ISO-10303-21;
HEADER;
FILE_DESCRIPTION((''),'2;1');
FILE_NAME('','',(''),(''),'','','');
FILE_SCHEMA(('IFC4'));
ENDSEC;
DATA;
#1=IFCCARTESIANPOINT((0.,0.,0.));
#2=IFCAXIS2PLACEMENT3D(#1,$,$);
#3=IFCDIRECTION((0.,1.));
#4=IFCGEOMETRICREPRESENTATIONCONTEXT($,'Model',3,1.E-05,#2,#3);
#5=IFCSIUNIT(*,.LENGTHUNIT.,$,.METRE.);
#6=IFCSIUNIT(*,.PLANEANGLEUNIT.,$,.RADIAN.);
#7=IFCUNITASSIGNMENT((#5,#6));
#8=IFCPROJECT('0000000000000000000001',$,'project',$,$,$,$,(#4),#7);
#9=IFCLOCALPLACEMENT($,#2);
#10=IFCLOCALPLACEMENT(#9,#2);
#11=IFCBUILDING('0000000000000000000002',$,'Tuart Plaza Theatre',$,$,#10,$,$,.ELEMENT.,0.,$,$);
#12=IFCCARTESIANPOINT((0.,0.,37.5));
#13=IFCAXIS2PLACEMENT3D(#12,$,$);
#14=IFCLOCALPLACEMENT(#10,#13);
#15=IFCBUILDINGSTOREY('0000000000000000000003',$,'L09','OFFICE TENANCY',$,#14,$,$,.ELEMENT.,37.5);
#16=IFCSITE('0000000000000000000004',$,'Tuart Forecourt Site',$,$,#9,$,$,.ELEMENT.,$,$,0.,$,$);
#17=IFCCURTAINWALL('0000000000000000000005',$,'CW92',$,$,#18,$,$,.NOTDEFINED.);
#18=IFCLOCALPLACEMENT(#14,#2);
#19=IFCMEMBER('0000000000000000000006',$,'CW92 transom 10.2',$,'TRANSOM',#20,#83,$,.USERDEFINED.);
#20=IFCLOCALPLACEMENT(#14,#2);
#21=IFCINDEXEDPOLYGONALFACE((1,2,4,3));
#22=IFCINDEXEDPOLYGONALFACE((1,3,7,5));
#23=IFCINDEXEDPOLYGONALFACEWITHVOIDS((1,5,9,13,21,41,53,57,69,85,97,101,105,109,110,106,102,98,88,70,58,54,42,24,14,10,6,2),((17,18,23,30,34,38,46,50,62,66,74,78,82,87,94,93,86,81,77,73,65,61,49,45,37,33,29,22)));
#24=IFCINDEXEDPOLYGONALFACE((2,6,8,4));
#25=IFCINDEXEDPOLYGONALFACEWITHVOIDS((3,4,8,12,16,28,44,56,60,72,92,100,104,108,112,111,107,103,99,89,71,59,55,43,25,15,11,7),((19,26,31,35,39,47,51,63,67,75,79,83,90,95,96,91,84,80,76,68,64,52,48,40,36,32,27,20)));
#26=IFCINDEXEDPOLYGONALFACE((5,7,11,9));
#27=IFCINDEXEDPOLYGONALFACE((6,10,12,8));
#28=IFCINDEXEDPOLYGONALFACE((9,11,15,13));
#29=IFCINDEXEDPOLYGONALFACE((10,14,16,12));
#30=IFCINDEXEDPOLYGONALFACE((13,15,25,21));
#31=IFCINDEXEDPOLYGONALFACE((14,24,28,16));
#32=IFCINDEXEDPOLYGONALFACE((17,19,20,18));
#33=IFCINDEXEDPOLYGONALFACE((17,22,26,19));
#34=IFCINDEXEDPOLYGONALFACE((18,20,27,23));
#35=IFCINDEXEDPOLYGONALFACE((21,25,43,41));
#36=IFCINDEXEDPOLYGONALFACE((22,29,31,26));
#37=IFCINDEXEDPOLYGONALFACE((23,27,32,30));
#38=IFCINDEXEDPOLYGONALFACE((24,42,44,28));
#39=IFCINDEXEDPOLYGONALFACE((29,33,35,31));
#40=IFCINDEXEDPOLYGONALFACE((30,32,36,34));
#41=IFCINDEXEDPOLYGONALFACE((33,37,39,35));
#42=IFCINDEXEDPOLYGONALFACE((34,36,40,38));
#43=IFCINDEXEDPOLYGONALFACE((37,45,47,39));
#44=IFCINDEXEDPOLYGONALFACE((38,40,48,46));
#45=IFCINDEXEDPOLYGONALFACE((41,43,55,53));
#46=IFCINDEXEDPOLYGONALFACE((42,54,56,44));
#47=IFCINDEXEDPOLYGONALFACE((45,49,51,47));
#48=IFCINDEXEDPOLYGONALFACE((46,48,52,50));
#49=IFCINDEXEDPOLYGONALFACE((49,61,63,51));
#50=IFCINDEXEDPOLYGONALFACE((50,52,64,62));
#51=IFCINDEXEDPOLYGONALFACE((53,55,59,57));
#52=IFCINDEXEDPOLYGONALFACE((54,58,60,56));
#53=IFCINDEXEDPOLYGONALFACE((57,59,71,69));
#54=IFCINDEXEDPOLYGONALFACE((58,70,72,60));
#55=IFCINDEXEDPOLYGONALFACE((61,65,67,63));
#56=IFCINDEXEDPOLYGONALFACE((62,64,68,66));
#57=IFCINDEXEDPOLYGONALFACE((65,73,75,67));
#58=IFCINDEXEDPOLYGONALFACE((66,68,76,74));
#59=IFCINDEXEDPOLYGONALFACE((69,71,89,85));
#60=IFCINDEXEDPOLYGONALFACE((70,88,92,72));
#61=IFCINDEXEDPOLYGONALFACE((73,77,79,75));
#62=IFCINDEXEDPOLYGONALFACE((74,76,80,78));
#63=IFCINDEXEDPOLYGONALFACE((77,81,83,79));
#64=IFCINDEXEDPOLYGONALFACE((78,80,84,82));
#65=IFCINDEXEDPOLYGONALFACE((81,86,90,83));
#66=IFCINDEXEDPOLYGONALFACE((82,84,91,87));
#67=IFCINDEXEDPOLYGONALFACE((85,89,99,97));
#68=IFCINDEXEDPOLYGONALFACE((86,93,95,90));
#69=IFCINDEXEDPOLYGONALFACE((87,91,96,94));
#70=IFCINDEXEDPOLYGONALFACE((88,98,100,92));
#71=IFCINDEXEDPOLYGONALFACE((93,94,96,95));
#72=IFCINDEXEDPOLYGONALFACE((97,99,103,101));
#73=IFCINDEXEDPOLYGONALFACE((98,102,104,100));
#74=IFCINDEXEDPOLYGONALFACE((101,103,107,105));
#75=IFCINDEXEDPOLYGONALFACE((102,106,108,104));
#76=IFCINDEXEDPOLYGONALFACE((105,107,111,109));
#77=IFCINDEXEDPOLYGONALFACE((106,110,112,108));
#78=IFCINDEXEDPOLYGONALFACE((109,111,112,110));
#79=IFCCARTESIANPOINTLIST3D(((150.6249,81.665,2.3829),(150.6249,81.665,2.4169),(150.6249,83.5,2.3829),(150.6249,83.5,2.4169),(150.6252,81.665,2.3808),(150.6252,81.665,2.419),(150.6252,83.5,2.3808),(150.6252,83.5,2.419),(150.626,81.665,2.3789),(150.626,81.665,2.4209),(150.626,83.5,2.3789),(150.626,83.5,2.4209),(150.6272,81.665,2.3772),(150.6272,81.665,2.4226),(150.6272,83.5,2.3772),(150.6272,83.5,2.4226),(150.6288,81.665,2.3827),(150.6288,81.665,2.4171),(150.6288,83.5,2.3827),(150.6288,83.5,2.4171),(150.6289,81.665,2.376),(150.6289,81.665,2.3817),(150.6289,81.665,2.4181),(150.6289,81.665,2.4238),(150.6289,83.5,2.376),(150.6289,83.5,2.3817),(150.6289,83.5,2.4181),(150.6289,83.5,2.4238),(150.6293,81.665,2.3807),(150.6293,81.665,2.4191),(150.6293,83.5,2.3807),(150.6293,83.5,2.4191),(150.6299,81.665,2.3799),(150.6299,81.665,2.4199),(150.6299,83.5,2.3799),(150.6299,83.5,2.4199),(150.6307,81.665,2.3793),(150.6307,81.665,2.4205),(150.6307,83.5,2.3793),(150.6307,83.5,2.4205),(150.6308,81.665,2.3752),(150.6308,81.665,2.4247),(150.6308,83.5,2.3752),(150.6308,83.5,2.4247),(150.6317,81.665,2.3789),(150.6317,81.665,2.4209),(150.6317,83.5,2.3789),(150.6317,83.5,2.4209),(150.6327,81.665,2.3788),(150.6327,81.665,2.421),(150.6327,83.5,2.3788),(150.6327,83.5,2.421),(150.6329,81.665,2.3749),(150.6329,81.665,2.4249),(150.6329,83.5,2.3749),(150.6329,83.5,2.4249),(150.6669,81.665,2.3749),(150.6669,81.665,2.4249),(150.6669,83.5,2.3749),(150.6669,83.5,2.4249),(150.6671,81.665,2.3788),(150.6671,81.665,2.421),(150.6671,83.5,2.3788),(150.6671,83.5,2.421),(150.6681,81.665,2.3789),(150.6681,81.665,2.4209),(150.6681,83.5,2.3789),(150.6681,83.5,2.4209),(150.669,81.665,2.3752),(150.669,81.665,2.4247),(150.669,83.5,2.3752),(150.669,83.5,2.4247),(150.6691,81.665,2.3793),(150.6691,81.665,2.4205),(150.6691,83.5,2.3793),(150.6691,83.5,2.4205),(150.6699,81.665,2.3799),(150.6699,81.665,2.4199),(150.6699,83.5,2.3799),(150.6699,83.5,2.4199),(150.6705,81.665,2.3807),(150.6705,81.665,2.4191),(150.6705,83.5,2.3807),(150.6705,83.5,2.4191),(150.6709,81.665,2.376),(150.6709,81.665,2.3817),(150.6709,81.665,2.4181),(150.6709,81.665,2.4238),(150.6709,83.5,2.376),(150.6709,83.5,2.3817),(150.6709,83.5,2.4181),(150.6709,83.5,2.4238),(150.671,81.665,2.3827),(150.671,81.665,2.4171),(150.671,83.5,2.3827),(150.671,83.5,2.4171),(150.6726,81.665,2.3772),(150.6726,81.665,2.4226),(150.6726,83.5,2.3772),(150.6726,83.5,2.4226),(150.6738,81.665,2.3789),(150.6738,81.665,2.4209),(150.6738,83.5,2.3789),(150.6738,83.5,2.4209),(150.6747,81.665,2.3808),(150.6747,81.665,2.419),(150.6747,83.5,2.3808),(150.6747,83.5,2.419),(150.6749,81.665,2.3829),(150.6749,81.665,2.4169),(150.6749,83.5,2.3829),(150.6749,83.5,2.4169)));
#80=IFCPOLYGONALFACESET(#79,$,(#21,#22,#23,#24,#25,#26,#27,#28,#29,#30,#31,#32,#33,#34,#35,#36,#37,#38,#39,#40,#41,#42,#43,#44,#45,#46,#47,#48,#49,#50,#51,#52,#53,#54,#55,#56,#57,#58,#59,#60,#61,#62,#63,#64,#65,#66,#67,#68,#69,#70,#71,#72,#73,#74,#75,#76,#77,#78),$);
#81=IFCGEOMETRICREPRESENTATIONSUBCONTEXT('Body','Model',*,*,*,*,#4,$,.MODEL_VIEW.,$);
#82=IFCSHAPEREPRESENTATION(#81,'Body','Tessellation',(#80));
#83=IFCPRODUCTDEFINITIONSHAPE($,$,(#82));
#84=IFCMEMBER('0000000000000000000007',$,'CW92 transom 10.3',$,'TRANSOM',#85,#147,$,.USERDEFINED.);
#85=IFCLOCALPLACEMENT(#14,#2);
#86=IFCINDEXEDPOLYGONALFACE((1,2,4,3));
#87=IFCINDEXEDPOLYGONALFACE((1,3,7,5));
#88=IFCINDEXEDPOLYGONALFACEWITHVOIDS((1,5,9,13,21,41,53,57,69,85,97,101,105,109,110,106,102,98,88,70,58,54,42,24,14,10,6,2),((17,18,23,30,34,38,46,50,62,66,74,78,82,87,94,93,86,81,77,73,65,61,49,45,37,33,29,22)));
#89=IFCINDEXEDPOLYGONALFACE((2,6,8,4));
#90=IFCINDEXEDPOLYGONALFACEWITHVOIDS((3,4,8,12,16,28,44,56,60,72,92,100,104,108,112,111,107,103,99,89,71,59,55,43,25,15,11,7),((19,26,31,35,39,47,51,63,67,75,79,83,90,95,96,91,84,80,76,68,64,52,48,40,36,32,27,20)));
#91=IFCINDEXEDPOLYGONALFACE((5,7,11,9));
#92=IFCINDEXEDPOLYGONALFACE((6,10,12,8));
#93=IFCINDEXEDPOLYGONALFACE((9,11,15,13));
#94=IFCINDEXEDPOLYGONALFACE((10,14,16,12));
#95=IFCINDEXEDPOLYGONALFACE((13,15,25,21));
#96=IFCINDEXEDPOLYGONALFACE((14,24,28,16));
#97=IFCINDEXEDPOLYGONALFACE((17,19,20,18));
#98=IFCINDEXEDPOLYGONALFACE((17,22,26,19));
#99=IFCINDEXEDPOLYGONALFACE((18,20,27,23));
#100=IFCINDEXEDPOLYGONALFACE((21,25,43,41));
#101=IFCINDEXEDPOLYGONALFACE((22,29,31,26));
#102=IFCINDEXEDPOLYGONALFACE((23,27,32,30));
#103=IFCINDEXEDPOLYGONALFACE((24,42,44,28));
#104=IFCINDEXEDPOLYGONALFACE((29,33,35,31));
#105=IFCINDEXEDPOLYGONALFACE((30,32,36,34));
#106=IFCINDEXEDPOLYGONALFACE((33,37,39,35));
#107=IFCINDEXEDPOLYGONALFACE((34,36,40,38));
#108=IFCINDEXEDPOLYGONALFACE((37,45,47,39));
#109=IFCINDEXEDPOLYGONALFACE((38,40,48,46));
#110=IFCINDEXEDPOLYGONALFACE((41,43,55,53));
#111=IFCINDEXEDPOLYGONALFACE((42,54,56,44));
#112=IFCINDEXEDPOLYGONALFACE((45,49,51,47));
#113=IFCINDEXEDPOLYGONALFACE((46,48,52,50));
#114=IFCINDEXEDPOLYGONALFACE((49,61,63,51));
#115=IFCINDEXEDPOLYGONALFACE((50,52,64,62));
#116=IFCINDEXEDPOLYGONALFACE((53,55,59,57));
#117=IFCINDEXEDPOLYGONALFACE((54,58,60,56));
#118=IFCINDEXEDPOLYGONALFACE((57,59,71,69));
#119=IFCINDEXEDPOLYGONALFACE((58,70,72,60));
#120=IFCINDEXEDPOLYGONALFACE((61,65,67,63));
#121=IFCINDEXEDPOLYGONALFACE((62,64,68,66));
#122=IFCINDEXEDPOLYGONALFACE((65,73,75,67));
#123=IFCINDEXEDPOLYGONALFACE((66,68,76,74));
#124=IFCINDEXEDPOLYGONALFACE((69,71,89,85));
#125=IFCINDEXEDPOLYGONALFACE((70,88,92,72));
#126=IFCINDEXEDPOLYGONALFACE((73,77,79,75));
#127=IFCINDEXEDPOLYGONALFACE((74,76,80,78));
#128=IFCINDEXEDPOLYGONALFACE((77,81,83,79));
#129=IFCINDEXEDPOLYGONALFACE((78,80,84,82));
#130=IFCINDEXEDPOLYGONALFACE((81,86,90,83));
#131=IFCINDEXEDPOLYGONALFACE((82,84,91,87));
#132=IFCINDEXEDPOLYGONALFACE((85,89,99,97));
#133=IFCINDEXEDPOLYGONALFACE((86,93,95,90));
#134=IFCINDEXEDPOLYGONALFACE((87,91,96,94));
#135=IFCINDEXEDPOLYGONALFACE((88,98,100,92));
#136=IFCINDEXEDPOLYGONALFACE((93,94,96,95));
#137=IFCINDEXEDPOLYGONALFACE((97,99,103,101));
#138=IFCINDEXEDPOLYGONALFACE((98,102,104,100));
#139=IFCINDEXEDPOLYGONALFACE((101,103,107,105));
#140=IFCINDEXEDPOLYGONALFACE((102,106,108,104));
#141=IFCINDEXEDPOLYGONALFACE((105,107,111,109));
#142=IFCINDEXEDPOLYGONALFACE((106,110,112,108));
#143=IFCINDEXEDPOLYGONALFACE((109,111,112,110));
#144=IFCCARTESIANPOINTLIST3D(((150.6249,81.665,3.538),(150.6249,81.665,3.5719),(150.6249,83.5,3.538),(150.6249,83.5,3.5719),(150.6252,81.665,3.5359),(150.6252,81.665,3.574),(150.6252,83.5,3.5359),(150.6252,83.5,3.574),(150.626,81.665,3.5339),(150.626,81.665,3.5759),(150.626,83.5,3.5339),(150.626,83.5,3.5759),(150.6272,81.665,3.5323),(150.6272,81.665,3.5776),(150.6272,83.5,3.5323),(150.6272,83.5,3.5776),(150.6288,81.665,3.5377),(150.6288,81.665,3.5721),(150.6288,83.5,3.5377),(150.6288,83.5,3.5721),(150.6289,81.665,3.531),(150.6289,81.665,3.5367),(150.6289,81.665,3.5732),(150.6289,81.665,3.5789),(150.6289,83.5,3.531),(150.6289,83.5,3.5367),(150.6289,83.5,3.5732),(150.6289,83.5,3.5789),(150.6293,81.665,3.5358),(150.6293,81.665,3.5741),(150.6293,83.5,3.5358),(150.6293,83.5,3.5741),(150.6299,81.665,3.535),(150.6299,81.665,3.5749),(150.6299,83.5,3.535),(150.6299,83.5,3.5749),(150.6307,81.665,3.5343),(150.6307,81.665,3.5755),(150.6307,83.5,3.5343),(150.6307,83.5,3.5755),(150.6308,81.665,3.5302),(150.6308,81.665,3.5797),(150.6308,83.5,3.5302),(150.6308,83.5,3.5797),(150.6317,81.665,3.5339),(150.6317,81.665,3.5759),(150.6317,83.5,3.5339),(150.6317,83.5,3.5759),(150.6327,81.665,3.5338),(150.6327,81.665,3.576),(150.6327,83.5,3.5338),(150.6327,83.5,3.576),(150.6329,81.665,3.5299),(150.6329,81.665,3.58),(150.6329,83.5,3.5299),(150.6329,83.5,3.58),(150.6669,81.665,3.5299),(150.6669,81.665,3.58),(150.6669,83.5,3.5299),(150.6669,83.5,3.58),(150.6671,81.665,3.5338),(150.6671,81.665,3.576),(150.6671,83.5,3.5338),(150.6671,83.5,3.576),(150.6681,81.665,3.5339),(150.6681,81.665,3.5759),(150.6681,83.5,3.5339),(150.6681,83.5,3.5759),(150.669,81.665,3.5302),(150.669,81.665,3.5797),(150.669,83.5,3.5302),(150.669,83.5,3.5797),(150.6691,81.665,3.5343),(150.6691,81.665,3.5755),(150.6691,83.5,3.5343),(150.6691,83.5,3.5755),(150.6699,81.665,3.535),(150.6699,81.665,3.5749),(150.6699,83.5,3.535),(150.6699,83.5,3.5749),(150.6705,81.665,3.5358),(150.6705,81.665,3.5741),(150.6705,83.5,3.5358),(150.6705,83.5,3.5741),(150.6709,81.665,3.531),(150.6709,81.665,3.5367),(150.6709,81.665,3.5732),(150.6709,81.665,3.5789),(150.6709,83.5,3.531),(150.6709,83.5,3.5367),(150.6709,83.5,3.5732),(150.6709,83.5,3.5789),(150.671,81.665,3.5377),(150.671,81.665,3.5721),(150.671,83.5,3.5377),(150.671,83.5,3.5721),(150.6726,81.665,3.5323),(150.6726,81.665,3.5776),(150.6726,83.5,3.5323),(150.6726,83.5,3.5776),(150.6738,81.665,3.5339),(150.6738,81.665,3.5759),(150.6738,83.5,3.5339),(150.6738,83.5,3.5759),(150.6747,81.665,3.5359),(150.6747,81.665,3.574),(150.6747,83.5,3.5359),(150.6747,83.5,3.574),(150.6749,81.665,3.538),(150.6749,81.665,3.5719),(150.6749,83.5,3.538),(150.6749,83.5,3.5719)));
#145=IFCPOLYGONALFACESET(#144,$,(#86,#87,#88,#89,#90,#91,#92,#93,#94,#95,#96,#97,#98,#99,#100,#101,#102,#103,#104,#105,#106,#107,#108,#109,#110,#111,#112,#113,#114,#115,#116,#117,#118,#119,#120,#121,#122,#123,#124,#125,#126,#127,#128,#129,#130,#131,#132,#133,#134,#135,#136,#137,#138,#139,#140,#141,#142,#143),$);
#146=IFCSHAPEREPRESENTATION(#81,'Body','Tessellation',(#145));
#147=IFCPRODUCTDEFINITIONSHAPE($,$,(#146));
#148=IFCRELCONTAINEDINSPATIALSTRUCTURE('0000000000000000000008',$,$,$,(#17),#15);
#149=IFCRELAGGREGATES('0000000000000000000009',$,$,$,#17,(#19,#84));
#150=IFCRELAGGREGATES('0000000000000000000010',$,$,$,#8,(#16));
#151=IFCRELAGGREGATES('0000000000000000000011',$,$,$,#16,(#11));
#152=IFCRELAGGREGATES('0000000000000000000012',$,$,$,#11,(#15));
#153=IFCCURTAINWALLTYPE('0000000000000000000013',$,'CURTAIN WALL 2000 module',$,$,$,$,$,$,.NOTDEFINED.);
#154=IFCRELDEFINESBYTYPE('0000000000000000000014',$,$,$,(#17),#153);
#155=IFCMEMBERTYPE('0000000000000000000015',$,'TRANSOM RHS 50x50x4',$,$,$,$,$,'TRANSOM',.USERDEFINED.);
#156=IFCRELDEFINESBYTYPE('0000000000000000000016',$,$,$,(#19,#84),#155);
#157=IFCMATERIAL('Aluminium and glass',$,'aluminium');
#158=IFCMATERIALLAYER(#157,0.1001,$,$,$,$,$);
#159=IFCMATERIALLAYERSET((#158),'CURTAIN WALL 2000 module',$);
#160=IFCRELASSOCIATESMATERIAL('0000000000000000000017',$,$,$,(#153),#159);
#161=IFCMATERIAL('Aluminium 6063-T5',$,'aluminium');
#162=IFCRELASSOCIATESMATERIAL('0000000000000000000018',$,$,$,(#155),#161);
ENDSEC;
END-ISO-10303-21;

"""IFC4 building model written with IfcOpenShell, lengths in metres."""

from ifc_helpers import new_model, si_unit, direction, frame, origin, origin_2d, place, context, subcontext, project, spatial, hollow_rectangle, extrude, material, layer, layer_set, material_profile, profile_set, type_object, element, aggregate, save


model = new_model("IFC4")

# Units and contexts
model_context = context("Model", 3, precision=1e-05, world=origin(), true_north=direction((0.0, 1.0)))
body_context = subcontext(model_context, "Body", "Model", "MODEL_VIEW")
ifc_project = project(units=[si_unit("LENGTHUNIT", "METRE"), si_unit("PLANEANGLEUNIT", "RADIAN")], contexts=[model_context])

# Site, building, storey
site_placement = place(None, origin())
site = spatial("IfcSite", under=ifc_project, at=site_placement, Name="Tuart Forecourt Site", CompositionType="ELEMENT", RefElevation=0.0)
building_placement = place(site_placement, origin())
building = spatial("IfcBuilding", under=site, at=building_placement, Name="Tuart Plaza Theatre", CompositionType="ELEMENT", ElevationOfRefHeight=0.0)
storey_placement = place(building_placement, frame((0.0, 0.0, 37.5)))
storey = spatial("IfcBuildingStorey", under=building, at=storey_placement, Name="L09", Description="OFFICE TENANCY", CompositionType="ELEMENT", Elevation=37.5)

# Curtain wall
ifc_material_1 = material(Name="Aluminium and glass", Category="aluminium")
ifc_layer_1 = layer(ifc_material_1, 0.1001)
ifc_layer_set_1 = layer_set([ifc_layer_1], Name="CURTAIN WALL 2000 module")
curtain_wall_type = type_object("IfcCurtainWallType", Name="CURTAIN WALL 2000 module", PredefinedType="NOTDEFINED", material=ifc_layer_set_1)
curtain_wall_1_placement = place(storey_placement, origin())
curtain_wall_1 = element("IfcCurtainWall", 1, at=curtain_wall_1_placement, inside=storey, type_object=curtain_wall_type, Name="CW92", PredefinedType="NOTDEFINED")

# Members
ifc_material_2 = material(Name="Aluminium 6063-T5", Category="aluminium")
ifc_material_profile_1 = material_profile(ifc_material_2, hollow_rectangle(XDim=0.05, YDim=0.05, WallThickness=0.0039, InnerFilletRadius=0.0039, OuterFilletRadius=0.0081, at=origin_2d()), Name="RHS 50x50x4")
ifc_profile_set_1 = profile_set([ifc_material_profile_1], Name="Aluminium 6063-T5")
member_type_1 = type_object("IfcMemberType", Name="TRANSOM RHS 50x50x4", ElementType="TRANSOM", PredefinedType="USERDEFINED", material=ifc_profile_set_1)
member_1_placement = place(storey_placement, frame((150.6499, 81.665, 2.3999), z_axis=(0.0, 1.0, 0.0), x_axis=(-1.0, 0.0, 0.0)))
member_1 = element("IfcMember", 2, at=member_1_placement, type_object=member_type_1, Name="CW92 transom 10.2", ObjectType="TRANSOM", PredefinedType="USERDEFINED", context=body_context, shape_type="SweptSolid", body=[
    extrude(hollow_rectangle(XDim=0.05, YDim=0.05, WallThickness=0.0039, InnerFilletRadius=0.0039, OuterFilletRadius=0.0081, at=origin_2d()), origin(), (0.0, 0.0, 1.0), 1.835),
])
member_2_placement = place(storey_placement, frame((150.6499, 81.665, 3.5549), z_axis=(0.0, 1.0, 0.0), x_axis=(-1.0, 0.0, 0.0)))
member_2 = element("IfcMember", 3, at=member_2_placement, type_object=member_type_1, Name="CW92 transom 10.3", ObjectType="TRANSOM", PredefinedType="USERDEFINED", context=body_context, shape_type="SweptSolid", body=[
    extrude(hollow_rectangle(XDim=0.05, YDim=0.05, WallThickness=0.0039, InnerFilletRadius=0.0039, OuterFilletRadius=0.0081, at=origin_2d()), origin(), (0.0, 0.0, 1.0), 1.835),
])

aggregate(curtain_wall_1, [member_1, member_2])

save(model, "model.ifc")
